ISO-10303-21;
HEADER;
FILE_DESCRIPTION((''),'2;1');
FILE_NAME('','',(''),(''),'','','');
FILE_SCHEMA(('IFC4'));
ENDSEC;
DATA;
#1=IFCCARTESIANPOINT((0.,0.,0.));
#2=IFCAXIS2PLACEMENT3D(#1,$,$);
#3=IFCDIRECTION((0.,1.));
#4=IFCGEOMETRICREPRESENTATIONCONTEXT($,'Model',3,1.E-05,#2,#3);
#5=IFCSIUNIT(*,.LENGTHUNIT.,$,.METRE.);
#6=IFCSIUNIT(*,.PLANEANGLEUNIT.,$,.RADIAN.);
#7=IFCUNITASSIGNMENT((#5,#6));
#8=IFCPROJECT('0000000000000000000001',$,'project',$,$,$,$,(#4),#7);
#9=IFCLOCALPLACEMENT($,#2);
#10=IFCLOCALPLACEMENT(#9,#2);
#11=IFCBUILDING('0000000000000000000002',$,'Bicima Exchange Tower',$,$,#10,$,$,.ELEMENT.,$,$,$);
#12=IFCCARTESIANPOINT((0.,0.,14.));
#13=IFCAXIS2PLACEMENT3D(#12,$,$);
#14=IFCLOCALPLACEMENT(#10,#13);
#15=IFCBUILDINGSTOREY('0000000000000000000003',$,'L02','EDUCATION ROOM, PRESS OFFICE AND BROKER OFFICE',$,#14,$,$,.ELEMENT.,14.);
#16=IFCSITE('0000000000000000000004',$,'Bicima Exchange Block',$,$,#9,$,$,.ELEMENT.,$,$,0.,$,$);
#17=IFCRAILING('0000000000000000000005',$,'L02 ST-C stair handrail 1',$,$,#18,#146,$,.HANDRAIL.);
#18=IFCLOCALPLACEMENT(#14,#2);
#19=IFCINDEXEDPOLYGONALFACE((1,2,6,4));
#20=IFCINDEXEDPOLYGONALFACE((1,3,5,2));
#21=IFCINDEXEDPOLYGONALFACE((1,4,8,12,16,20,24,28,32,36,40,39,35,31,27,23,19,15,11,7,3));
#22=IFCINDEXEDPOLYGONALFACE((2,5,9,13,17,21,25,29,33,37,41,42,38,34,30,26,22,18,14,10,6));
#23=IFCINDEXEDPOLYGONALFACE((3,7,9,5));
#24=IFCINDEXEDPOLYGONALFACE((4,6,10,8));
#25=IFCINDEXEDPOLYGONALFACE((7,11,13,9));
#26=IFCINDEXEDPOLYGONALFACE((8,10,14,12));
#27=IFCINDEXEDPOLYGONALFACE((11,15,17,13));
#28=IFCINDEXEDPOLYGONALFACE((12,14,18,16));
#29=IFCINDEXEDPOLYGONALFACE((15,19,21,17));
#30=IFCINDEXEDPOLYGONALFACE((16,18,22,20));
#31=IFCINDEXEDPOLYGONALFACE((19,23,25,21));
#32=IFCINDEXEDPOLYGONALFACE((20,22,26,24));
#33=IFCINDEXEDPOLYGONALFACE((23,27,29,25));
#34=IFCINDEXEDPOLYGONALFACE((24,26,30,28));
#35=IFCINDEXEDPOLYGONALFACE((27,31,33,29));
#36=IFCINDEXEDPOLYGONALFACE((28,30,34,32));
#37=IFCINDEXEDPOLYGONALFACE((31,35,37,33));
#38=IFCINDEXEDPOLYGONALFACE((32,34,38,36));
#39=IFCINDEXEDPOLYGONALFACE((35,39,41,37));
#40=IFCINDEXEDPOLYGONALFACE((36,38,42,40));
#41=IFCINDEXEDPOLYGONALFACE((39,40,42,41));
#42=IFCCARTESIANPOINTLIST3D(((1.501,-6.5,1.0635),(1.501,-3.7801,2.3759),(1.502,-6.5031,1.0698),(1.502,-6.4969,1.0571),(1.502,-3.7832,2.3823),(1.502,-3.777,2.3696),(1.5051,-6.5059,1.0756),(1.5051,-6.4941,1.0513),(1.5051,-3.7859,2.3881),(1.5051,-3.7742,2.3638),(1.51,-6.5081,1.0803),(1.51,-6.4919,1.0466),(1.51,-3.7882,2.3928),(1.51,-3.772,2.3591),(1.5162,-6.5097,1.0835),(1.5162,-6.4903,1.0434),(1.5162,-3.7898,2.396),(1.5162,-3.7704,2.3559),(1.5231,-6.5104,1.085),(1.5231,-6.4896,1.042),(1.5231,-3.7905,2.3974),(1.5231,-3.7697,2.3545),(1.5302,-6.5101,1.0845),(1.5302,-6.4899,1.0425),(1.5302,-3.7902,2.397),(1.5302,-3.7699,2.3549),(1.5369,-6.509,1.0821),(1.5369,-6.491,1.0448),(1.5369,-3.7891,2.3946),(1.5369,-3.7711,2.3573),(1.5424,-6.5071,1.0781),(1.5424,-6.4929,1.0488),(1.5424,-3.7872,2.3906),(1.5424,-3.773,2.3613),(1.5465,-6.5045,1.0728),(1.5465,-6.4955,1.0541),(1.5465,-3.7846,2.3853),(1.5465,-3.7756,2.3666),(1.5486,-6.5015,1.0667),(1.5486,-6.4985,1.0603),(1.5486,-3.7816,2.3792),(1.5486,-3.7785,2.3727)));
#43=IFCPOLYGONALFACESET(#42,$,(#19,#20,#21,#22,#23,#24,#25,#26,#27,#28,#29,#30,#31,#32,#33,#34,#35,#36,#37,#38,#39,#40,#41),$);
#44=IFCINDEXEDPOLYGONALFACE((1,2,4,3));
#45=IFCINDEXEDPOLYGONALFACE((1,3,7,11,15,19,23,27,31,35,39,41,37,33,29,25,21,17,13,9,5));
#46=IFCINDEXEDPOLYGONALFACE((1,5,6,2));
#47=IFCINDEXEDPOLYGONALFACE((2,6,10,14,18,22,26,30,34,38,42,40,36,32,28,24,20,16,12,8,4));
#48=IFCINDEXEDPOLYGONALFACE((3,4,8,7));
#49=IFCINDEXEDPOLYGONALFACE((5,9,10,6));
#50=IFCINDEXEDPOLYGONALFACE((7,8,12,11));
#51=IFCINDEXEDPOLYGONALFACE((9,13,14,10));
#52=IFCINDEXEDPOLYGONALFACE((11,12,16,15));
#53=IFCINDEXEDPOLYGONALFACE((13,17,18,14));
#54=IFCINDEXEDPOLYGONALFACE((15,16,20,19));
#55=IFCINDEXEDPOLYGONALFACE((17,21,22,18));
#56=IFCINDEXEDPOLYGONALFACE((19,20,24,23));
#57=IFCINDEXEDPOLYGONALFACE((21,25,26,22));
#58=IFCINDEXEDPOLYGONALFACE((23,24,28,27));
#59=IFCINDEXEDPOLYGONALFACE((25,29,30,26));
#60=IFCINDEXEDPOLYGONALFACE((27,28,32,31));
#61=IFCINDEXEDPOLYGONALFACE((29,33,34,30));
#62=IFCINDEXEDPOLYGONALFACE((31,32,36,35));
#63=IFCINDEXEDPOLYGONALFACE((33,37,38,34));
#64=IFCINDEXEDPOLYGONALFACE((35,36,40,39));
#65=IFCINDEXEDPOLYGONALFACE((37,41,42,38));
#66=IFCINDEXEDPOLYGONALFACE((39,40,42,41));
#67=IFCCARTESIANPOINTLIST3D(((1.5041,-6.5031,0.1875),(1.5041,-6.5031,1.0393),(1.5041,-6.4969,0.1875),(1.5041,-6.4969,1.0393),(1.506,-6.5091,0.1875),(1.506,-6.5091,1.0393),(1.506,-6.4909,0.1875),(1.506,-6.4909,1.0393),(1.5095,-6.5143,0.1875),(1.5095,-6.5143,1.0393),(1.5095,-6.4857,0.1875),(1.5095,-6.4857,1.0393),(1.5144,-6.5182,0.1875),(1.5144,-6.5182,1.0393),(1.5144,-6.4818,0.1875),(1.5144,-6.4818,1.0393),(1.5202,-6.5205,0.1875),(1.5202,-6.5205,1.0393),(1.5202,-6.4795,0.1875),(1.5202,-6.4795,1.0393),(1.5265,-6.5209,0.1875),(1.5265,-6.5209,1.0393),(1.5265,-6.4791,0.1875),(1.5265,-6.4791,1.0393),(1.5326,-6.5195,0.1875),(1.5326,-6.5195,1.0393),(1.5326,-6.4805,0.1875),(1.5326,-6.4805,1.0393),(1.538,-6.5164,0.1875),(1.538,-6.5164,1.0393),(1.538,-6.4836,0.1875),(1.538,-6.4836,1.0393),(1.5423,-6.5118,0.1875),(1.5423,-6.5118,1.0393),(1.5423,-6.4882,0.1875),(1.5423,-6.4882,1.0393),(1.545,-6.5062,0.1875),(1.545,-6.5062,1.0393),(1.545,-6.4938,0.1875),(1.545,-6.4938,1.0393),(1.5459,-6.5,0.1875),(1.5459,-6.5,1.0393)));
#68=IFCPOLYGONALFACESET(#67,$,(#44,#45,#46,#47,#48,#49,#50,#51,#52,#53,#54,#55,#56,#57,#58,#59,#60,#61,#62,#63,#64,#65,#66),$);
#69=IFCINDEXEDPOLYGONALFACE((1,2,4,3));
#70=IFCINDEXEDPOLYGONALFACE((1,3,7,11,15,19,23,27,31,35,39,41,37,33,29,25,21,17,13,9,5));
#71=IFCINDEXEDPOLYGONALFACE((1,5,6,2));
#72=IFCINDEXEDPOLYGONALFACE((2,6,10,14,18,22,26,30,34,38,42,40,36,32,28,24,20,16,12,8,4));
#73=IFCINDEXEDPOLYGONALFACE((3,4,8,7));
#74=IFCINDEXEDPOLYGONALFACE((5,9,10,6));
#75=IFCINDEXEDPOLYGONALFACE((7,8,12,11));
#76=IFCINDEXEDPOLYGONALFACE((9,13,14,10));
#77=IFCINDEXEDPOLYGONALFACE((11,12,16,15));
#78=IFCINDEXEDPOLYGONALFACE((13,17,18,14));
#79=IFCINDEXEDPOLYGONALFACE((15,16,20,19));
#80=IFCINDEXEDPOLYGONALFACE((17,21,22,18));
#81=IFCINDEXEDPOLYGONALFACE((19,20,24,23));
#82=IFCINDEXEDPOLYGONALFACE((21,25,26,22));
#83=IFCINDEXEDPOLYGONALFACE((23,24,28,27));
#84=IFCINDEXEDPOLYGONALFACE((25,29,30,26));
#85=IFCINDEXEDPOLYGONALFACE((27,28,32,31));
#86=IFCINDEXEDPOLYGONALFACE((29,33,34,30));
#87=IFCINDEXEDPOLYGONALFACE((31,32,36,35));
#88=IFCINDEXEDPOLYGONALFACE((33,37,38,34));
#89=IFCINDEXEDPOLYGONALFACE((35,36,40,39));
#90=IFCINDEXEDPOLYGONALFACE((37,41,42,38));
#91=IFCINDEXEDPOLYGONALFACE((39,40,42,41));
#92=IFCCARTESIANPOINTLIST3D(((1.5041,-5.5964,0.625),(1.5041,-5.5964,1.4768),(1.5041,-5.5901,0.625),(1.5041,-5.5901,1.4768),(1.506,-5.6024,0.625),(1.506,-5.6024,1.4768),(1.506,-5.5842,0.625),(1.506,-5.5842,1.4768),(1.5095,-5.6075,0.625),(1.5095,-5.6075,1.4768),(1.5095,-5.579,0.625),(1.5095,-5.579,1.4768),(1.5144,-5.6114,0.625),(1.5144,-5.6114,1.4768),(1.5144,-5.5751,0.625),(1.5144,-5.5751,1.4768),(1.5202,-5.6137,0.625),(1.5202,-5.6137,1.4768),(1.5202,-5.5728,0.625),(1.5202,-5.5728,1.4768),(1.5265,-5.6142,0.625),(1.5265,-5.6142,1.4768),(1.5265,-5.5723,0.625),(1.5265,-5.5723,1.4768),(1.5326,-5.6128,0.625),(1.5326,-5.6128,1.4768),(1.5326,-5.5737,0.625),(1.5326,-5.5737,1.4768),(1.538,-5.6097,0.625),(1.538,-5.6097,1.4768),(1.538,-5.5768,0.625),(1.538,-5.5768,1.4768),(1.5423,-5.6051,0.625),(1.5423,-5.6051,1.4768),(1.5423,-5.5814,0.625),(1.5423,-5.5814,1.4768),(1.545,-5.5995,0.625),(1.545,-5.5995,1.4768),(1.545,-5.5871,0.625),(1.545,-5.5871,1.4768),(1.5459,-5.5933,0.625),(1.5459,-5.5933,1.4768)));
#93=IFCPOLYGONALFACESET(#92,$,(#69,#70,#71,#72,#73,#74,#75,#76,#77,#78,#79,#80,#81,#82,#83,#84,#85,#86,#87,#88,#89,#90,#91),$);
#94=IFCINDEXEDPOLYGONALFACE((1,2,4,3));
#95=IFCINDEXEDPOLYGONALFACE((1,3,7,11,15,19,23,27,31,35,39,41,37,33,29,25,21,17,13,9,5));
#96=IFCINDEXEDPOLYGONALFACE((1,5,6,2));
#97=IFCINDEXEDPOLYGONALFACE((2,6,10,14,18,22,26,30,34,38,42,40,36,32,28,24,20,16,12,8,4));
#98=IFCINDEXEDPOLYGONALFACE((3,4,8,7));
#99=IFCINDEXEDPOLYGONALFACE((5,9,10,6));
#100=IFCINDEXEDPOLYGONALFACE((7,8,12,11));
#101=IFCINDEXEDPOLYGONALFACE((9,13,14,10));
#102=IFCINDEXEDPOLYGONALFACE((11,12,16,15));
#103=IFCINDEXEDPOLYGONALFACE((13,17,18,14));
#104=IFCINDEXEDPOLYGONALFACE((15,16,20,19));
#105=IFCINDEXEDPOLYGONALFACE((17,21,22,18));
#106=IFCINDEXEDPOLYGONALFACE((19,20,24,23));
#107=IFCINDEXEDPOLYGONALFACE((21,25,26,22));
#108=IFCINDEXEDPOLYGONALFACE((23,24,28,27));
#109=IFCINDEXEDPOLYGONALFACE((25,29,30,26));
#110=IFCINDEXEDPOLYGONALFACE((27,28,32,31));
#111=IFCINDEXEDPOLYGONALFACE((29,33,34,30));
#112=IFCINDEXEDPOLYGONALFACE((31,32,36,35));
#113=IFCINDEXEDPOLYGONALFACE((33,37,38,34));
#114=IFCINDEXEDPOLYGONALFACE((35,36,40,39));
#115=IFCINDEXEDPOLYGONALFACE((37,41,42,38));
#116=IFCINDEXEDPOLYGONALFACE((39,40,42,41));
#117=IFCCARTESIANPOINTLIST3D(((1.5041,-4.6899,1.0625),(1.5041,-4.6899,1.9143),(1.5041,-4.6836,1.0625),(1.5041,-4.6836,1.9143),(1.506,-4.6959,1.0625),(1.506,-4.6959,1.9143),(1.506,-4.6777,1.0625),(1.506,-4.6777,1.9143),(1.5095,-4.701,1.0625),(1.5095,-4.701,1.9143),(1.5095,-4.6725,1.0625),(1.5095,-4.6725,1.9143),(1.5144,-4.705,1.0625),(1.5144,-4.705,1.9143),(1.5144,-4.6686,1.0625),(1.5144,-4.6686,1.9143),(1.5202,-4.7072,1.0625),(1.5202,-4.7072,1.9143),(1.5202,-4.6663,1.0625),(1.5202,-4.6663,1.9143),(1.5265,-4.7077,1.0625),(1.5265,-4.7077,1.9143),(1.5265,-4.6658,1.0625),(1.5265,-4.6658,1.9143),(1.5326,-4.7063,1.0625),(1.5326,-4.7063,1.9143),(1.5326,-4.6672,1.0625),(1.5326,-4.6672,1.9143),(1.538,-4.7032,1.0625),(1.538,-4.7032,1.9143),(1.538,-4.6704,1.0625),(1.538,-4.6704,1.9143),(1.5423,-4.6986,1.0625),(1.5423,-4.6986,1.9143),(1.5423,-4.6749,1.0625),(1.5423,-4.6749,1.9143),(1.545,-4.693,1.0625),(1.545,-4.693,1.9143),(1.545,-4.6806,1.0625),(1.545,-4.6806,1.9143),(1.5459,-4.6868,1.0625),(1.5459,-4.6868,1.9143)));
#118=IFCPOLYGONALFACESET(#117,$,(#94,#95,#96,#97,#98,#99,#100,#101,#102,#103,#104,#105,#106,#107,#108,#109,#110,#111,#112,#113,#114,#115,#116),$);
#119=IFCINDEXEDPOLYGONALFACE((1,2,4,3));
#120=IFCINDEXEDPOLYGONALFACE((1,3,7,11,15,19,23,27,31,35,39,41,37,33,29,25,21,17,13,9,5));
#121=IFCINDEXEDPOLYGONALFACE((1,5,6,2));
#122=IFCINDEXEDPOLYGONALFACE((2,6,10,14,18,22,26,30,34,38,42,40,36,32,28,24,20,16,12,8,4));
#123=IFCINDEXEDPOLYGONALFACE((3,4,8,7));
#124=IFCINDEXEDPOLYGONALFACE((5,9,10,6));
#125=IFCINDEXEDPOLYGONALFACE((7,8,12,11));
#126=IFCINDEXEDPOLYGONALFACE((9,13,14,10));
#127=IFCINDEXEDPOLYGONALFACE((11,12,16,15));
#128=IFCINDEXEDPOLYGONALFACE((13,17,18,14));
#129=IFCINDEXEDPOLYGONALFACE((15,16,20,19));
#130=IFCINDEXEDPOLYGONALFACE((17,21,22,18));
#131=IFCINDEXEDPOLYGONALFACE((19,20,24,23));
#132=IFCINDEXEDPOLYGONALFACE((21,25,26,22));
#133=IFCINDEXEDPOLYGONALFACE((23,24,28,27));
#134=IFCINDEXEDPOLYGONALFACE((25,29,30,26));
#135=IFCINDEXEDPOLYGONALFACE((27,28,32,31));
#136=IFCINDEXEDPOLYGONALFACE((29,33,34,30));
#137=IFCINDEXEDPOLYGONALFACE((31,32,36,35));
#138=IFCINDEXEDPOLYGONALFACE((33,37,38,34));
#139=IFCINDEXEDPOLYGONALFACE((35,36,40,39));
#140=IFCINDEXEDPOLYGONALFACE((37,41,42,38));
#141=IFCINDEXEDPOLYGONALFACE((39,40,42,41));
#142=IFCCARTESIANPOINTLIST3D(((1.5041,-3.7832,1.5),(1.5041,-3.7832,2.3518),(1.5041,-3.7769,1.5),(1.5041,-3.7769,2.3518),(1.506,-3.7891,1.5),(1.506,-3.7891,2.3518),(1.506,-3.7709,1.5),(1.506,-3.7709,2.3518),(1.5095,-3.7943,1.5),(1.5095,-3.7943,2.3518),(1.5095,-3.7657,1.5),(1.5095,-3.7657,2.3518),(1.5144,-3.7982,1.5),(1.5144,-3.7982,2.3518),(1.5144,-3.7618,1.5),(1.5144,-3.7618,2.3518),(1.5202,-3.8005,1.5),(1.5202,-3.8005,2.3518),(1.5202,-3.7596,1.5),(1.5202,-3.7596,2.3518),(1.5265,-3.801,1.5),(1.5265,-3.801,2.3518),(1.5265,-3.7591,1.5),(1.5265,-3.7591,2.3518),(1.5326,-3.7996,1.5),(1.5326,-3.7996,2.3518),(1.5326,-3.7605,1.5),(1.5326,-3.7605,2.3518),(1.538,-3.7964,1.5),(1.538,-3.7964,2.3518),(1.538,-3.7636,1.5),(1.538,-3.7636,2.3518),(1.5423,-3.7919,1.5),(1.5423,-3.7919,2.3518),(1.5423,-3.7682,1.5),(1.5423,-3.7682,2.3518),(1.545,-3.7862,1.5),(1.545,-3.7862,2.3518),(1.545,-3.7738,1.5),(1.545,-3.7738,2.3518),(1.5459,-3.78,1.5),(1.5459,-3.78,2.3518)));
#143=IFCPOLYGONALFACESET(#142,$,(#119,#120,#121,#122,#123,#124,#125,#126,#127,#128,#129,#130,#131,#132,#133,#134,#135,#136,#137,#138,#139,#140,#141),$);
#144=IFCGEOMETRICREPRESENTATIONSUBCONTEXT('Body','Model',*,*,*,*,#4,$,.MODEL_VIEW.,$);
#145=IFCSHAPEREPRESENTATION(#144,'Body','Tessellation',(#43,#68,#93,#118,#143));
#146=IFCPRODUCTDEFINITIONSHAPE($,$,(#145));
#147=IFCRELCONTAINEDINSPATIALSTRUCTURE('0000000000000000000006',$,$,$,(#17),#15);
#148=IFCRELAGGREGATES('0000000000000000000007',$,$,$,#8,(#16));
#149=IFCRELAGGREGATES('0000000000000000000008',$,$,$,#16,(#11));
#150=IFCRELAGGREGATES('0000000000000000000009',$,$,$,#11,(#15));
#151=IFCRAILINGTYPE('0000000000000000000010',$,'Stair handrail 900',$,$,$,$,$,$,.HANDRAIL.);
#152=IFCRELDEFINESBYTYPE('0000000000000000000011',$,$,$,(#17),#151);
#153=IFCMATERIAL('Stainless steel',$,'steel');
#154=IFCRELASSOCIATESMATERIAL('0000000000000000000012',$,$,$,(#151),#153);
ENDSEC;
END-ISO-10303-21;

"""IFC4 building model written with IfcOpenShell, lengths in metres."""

from ifc_helpers import new_model, si_unit, direction, frame, origin, origin_2d, place, context, subcontext, project, spatial, circle, extrude, material, type_object, element, save


model = new_model("IFC4")

# Units and contexts
model_context = context("Model", 3, precision=1e-05, world=origin(), true_north=direction((0.0, 1.0)))
body_context = subcontext(model_context, "Body", "Model", "MODEL_VIEW")
ifc_project = project(units=[si_unit("LENGTHUNIT", "METRE"), si_unit("PLANEANGLEUNIT", "RADIAN")], contexts=[model_context])

# Site, building, storey
site_placement = place(None, origin())
site = spatial("IfcSite", under=ifc_project, at=site_placement, Name="Bicima Exchange Block", CompositionType="ELEMENT", RefElevation=0.0)
building_placement = place(site_placement, origin())
building = spatial("IfcBuilding", under=site, at=building_placement, Name="Bicima Exchange Tower", CompositionType="ELEMENT")
storey_placement = place(building_placement, frame((0.0, 0.0, 14.0)))
storey = spatial("IfcBuildingStorey", under=building, at=storey_placement, Name="L02", Description="EDUCATION ROOM, PRESS OFFICE AND BROKER OFFICE", CompositionType="ELEMENT", Elevation=14.0)

# Shared definitions
ifc_material_1 = material(Name="Stainless steel", Category="steel")

# Railing
railing_type_1 = type_object("IfcRailingType", Name="Stair handrail 900", PredefinedType="HANDRAIL", material=ifc_material_1)
for number, where, name in (
    (1, (1.5249, -6.5, 0.1875), "L02 ST-C stair handrail 1"),
):
    element("IfcRailing", number, at=place(storey_placement, frame(where)), inside=storey, type_object=railing_type_1, Name=name, PredefinedType="HANDRAIL", context=body_context, shape_type="SweptSolid", body=[
        extrude(circle(Radius=0.0239, at=origin_2d()), frame((0.0, 0.0, 0.876), z_axis=(0.0, 0.900628, 0.434591), x_axis=(-1.0, 0.0, 0.0)), (0.0, 0.0, 1.0), 3.02),
        extrude(circle(Radius=0.021, at=origin_2d()), origin(), (0.0, 0.0, 1.0), 0.8518),
        extrude(circle(Radius=0.021, at=origin_2d()), frame((0.0, 0.9067, 0.4375)), (0.0, 0.0, 1.0), 0.8518),
        extrude(circle(Radius=0.021, at=origin_2d()), frame((0.0, 1.8132, 0.875)), (0.0, 0.0, 1.0), 0.8518),
        extrude(circle(Radius=0.021, at=origin_2d()), frame((0.0, 2.72, 1.3125)), (0.0, 0.0, 1.0), 0.8518),
    ])

save(model, "model.ifc")
